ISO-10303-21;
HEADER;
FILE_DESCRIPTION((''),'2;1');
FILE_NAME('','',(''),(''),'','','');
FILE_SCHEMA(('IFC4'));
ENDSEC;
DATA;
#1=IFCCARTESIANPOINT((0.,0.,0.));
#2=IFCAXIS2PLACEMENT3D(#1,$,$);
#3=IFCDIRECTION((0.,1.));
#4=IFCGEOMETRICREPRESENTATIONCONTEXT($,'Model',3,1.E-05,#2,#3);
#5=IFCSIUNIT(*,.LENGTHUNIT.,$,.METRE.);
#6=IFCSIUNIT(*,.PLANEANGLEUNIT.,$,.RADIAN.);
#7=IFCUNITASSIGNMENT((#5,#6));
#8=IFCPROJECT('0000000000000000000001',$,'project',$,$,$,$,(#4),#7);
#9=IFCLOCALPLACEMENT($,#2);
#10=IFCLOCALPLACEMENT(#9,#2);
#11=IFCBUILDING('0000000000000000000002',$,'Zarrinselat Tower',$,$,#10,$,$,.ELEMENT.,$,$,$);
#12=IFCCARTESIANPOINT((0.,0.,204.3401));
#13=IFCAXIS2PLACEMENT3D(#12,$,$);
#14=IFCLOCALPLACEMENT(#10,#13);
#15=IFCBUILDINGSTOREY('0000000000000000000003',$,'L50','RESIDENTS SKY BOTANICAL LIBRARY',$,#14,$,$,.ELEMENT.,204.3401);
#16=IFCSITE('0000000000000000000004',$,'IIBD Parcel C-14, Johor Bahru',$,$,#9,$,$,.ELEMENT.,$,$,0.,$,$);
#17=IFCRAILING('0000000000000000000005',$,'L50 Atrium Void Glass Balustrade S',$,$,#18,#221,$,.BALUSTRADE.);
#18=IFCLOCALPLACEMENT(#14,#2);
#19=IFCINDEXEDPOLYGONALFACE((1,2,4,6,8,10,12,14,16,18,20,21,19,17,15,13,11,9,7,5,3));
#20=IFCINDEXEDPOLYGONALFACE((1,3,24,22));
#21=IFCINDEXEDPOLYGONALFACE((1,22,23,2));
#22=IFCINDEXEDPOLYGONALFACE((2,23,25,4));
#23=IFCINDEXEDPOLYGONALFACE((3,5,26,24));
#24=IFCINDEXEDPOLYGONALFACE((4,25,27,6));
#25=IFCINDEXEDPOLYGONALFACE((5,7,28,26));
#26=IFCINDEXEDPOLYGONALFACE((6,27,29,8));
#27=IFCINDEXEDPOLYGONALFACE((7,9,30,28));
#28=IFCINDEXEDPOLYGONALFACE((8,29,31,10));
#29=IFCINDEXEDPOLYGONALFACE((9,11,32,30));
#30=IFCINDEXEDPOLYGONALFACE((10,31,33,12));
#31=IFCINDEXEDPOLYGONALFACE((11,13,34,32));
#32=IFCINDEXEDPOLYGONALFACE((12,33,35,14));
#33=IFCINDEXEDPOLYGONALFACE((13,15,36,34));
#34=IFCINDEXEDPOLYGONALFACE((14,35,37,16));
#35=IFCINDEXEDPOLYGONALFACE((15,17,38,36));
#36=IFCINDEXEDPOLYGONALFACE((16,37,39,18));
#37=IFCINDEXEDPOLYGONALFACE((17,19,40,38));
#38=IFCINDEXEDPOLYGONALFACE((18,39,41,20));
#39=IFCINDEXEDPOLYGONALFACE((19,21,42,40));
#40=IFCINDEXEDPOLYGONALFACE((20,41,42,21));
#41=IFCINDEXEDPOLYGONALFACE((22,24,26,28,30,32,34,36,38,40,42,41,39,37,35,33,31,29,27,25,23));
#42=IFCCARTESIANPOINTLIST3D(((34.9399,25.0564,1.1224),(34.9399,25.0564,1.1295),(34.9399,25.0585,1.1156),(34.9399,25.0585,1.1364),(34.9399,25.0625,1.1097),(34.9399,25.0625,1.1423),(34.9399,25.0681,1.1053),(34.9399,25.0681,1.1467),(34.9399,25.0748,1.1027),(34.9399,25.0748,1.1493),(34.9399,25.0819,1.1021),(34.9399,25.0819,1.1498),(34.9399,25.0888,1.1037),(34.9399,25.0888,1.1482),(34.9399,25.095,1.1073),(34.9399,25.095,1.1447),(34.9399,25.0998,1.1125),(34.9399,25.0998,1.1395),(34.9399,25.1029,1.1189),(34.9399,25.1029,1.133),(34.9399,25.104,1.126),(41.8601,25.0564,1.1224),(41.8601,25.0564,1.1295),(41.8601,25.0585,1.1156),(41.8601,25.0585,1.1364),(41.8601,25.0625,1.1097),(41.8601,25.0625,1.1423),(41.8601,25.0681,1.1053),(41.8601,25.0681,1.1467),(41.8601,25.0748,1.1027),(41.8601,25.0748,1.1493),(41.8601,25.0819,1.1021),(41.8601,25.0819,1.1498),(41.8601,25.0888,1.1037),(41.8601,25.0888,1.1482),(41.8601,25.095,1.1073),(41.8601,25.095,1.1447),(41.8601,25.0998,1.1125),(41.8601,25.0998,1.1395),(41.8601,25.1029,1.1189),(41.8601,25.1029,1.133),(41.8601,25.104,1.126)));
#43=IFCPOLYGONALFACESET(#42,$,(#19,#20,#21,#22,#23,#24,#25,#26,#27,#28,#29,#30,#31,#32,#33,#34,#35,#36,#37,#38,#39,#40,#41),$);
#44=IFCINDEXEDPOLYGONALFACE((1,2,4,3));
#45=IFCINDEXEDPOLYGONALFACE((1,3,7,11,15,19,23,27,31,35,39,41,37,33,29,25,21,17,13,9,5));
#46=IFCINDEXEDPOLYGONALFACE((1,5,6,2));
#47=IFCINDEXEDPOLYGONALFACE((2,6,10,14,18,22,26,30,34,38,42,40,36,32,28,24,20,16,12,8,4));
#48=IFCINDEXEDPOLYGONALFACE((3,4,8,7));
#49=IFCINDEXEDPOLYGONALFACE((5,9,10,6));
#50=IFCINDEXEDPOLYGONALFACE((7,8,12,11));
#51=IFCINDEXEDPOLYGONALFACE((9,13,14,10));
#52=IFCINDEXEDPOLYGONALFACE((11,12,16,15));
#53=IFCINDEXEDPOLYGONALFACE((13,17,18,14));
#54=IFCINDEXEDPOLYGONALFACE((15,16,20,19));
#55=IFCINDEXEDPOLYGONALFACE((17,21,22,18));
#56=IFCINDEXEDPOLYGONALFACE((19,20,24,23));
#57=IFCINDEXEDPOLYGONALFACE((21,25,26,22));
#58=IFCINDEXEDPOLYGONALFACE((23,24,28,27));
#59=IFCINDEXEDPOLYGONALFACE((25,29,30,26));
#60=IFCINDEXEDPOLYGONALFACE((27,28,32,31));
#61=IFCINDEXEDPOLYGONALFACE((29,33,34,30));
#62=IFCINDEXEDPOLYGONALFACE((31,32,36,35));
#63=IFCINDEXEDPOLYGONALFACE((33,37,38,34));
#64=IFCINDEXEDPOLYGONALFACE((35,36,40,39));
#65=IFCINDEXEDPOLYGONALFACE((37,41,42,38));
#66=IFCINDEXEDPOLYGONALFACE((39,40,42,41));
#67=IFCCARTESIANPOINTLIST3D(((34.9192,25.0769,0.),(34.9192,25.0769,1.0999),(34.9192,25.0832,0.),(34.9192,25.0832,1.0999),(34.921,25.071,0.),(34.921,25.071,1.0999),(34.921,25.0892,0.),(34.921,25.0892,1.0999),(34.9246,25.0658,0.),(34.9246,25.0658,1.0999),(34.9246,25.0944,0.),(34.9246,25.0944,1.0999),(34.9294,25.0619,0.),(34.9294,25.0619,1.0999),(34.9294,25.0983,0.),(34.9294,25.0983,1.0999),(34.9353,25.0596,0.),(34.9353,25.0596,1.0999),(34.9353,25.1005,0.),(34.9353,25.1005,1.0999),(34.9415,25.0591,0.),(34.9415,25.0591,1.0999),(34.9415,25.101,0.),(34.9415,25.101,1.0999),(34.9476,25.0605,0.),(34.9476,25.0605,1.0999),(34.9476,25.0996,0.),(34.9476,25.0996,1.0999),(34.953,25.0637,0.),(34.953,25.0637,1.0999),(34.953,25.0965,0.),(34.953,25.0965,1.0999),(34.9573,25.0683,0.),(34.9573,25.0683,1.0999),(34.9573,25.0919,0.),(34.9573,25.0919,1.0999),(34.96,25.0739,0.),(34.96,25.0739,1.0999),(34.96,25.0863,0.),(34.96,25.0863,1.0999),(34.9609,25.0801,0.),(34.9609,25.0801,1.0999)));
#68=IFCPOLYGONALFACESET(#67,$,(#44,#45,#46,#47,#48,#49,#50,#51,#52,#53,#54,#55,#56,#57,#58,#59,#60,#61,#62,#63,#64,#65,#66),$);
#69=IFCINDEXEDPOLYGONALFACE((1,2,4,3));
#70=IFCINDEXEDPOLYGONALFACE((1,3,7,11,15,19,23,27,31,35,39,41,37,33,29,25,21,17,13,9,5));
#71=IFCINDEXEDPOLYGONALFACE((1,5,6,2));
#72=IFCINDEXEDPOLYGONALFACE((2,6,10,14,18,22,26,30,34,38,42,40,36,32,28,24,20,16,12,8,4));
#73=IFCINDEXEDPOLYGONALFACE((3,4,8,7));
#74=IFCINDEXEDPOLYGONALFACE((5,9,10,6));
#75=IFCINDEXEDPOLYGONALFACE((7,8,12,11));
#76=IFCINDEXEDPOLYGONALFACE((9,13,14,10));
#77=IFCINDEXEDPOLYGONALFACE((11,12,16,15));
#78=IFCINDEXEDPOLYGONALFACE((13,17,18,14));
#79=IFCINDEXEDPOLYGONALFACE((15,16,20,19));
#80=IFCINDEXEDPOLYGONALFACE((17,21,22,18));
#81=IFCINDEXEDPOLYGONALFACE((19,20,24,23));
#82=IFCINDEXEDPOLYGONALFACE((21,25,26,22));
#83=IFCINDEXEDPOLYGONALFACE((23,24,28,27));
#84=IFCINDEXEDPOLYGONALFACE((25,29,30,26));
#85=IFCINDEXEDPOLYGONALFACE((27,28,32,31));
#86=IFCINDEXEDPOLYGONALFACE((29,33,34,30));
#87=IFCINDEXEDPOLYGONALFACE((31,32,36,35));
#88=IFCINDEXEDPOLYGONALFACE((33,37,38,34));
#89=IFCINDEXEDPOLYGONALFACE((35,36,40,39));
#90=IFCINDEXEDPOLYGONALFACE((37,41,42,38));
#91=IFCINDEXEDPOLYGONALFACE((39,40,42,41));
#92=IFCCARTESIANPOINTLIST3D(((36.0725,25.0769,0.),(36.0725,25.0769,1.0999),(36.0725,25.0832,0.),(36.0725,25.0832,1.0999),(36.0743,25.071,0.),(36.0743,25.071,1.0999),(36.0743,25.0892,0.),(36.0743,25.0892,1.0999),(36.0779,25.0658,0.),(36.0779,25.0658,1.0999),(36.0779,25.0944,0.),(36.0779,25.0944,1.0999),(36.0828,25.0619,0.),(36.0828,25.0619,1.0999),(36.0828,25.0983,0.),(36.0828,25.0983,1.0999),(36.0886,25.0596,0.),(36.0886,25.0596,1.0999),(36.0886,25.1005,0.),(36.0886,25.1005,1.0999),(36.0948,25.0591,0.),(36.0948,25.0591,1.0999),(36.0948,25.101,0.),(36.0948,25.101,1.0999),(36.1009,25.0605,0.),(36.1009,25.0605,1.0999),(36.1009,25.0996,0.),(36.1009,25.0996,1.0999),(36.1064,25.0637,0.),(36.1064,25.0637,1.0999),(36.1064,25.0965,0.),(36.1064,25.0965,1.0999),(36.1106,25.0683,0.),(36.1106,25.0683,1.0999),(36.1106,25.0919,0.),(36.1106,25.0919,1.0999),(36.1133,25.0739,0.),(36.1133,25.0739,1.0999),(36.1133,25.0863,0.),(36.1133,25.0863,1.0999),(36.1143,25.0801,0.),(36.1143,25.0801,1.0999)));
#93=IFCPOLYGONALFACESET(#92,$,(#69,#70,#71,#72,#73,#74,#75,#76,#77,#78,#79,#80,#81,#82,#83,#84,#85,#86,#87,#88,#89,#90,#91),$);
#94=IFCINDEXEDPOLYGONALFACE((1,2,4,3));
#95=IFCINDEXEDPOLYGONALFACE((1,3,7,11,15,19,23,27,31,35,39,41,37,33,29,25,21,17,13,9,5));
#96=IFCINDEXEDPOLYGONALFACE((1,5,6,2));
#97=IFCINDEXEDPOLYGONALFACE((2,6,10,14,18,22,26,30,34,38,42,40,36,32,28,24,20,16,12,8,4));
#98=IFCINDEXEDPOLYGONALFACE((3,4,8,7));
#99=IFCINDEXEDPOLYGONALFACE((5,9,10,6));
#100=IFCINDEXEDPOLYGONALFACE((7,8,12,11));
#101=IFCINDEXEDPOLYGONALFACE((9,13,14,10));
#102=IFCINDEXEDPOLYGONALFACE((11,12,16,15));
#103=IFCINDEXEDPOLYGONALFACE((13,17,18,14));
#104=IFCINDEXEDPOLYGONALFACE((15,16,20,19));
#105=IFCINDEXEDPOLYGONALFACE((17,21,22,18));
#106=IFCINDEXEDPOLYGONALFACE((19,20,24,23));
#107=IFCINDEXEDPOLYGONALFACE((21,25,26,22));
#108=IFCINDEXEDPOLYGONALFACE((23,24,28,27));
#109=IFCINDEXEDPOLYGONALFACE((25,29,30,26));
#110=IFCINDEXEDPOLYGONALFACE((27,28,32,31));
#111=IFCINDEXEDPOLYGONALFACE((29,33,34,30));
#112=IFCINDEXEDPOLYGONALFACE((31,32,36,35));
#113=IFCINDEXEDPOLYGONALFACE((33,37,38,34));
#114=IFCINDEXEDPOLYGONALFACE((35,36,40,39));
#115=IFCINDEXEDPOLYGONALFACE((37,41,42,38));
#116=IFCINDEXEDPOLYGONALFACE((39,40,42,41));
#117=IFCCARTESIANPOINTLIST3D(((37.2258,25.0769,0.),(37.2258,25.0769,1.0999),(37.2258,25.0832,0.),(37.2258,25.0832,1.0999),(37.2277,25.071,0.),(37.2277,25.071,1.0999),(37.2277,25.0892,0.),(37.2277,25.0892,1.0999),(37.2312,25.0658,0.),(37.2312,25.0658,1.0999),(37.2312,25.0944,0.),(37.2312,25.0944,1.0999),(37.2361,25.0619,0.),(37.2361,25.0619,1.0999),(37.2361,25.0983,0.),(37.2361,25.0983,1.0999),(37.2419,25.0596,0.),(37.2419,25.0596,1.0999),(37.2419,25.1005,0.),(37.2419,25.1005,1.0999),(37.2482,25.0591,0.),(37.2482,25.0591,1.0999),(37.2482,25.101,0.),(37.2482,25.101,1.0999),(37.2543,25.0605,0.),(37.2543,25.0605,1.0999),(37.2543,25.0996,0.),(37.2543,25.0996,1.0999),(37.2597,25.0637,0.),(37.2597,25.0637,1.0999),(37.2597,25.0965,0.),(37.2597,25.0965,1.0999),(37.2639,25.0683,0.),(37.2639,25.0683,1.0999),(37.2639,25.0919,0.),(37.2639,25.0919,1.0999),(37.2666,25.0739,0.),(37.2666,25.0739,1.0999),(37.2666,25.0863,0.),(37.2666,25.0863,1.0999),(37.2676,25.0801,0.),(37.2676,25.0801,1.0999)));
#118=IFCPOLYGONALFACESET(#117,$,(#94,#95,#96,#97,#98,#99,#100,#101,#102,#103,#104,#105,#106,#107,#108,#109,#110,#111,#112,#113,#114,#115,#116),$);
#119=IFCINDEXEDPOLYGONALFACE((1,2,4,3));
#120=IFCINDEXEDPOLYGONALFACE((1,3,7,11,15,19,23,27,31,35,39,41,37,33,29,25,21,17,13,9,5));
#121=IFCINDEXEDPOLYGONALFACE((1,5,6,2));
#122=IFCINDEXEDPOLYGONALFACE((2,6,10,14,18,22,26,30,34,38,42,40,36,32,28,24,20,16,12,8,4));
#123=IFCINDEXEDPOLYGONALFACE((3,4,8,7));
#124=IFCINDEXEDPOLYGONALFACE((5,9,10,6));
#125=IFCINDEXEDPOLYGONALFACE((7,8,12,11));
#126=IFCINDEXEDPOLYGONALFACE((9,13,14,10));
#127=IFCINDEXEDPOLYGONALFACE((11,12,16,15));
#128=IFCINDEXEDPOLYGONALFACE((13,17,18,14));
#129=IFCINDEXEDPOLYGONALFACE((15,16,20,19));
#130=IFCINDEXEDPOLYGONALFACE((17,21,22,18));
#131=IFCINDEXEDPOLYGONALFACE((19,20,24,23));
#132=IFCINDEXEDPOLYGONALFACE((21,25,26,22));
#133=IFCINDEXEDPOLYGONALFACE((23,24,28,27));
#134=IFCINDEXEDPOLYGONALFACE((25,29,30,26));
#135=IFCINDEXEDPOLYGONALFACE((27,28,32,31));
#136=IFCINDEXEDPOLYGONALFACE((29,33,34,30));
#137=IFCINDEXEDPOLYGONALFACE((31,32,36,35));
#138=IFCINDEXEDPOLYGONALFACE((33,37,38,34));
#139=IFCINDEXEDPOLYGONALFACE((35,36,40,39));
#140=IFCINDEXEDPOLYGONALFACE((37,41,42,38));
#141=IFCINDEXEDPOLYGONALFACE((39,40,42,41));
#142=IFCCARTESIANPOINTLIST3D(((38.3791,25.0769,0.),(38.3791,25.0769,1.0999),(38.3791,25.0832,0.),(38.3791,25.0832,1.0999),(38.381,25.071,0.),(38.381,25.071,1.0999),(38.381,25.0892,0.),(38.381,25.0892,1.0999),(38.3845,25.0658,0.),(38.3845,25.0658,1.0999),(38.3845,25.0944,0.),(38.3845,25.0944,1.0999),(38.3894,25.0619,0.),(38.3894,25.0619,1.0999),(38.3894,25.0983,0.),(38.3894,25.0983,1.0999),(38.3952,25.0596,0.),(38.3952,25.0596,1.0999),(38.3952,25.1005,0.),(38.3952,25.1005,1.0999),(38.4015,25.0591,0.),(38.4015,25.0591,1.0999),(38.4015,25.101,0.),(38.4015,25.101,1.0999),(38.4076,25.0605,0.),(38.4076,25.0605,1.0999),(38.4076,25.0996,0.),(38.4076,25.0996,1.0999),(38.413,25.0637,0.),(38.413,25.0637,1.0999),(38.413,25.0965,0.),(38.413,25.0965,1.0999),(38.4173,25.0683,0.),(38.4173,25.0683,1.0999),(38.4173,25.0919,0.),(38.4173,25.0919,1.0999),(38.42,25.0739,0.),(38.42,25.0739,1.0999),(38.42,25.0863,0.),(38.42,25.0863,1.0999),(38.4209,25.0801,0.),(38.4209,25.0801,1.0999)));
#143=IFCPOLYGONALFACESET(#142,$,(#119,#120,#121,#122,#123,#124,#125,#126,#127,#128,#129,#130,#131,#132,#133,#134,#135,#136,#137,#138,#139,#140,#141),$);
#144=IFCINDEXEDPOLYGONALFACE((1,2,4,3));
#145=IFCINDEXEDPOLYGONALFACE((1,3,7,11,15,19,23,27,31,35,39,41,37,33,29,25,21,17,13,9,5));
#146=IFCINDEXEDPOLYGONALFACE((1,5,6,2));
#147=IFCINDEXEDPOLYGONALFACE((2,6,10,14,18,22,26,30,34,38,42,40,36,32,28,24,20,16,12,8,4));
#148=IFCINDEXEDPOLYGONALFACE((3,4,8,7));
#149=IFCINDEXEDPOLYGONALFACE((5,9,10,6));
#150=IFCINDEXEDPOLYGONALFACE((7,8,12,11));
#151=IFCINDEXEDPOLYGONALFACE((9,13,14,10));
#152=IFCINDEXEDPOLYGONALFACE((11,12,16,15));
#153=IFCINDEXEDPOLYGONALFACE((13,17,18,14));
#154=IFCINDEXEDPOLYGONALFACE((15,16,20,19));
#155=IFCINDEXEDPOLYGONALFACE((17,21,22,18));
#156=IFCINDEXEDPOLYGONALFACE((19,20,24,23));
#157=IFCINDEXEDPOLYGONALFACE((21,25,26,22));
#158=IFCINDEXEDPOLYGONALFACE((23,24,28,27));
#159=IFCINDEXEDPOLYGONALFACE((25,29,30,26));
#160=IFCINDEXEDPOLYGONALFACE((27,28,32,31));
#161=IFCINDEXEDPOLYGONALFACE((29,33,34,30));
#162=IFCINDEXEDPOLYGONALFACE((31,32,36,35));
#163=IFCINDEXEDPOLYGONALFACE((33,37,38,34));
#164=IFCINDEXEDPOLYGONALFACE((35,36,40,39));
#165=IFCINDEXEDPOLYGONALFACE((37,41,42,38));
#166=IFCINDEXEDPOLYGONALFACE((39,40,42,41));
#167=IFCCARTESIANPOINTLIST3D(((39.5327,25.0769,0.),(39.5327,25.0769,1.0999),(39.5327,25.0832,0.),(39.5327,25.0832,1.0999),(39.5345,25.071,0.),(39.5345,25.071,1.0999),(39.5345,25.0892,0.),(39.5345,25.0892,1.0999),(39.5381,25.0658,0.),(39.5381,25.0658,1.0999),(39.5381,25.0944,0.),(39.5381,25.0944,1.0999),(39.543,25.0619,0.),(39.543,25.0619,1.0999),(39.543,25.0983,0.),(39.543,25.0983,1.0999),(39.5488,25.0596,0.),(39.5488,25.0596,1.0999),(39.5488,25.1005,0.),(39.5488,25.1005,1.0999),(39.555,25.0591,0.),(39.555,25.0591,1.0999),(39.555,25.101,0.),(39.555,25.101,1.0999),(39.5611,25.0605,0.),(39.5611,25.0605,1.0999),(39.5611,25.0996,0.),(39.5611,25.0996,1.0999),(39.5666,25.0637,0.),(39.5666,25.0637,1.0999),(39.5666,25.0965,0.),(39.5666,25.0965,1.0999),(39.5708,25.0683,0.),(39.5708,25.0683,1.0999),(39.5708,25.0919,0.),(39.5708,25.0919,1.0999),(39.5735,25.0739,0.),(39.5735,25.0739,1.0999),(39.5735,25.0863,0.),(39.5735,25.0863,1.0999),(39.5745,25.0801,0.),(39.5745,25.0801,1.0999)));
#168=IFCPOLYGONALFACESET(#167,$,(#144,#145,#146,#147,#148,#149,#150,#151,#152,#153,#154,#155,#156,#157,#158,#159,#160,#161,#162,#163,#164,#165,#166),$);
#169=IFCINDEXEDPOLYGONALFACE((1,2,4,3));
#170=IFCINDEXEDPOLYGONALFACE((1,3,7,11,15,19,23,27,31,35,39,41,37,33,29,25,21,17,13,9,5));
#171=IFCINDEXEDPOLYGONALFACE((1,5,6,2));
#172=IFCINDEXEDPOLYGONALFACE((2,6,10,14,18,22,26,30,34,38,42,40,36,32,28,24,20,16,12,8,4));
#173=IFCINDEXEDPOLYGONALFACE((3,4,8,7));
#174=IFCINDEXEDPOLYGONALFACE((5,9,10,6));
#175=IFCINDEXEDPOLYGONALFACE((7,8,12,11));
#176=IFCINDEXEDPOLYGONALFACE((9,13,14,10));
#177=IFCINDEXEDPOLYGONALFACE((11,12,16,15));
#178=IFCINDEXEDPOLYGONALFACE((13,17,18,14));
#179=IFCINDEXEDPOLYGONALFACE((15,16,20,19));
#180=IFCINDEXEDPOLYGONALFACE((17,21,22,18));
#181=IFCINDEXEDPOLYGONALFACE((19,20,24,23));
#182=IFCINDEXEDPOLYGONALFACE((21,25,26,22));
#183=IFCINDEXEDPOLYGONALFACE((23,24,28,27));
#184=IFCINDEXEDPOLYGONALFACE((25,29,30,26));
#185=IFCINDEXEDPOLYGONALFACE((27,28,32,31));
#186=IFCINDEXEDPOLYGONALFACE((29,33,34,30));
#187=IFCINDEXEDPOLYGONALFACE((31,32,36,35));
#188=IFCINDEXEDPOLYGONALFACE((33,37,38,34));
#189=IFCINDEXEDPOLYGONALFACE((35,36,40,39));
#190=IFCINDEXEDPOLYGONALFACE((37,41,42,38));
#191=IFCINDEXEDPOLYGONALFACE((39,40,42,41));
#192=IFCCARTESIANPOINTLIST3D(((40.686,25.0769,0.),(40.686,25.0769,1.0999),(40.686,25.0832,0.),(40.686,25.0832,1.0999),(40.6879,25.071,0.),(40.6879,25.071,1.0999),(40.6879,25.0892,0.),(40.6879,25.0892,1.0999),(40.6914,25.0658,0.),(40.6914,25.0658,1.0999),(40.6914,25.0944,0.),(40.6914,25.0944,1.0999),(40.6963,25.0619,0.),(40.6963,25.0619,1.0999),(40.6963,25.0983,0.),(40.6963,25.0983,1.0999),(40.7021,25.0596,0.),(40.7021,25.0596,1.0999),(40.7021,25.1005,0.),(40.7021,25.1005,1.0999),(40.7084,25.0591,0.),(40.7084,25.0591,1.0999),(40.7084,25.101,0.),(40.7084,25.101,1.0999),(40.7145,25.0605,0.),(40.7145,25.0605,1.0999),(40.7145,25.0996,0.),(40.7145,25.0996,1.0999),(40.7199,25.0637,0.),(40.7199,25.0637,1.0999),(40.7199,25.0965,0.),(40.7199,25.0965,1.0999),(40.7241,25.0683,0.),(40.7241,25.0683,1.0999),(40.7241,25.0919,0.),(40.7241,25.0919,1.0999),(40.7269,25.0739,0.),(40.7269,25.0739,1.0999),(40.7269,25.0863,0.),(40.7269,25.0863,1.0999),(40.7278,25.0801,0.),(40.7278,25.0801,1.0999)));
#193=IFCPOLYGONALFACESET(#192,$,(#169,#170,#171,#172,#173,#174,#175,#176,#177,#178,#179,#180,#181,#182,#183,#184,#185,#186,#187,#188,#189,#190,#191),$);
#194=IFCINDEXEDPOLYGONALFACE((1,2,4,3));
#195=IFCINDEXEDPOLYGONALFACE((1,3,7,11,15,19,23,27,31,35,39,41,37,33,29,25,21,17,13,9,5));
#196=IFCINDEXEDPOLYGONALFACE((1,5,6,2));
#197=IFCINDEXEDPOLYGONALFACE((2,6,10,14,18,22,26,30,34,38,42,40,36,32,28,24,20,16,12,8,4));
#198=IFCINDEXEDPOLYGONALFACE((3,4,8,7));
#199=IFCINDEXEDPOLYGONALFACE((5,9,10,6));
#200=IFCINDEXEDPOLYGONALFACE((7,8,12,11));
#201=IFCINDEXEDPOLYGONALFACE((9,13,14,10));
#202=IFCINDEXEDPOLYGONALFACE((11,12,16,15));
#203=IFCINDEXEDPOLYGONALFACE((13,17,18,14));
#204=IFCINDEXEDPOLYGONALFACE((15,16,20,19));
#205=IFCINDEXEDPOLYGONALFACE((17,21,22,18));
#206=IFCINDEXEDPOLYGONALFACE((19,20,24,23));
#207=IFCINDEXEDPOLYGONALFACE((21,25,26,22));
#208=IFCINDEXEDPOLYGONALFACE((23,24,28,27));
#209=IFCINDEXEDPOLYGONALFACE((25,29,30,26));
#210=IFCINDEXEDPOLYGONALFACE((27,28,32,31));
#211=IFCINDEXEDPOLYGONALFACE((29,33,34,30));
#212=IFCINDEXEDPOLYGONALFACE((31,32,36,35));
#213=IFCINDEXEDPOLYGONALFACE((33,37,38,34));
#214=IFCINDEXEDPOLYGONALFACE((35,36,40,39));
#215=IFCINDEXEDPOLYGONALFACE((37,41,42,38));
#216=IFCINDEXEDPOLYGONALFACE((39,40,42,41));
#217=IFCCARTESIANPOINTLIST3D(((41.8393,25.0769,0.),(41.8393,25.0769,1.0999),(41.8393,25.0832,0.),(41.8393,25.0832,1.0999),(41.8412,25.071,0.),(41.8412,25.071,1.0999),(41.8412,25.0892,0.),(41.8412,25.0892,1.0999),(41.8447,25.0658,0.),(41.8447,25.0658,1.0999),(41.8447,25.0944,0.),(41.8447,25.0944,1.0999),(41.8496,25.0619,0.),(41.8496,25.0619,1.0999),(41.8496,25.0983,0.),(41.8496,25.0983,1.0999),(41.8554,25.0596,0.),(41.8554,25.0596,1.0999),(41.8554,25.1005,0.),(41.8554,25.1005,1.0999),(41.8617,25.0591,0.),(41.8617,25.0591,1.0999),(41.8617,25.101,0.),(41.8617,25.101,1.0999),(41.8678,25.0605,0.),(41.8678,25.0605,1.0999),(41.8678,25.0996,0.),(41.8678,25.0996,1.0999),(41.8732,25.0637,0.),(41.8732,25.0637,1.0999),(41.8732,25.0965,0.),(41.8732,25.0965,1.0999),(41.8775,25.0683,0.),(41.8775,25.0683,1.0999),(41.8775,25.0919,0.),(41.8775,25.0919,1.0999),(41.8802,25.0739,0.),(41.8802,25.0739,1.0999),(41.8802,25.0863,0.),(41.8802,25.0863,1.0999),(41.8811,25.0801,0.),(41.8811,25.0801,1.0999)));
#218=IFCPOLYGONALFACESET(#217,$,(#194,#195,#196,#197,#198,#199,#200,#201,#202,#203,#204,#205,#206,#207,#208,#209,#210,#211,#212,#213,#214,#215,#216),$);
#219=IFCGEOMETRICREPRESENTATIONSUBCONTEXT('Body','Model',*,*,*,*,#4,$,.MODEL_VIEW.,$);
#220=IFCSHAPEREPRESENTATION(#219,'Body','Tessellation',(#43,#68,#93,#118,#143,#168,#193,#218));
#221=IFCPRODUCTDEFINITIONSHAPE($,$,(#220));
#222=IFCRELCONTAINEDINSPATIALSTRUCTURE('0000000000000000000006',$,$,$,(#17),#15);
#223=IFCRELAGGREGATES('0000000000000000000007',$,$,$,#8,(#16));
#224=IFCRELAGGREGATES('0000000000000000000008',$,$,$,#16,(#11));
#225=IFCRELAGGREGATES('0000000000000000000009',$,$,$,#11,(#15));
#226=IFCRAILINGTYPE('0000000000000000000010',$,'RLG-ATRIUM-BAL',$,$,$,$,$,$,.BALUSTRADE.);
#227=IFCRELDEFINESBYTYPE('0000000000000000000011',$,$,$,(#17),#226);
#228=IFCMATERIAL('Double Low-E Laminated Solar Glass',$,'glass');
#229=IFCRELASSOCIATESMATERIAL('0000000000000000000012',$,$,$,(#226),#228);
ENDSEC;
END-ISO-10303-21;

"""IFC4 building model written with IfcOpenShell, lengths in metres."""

from ifc_helpers import new_model, si_unit, direction, frame, origin, origin_2d, place, context, subcontext, project, spatial, circle, extrude, material, type_object, element, save


model = new_model("IFC4")

# Units and contexts
model_context = context("Model", 3, precision=1e-05, world=origin(), true_north=direction((0.0, 1.0)))
body_context = subcontext(model_context, "Body", "Model", "MODEL_VIEW")
ifc_project = project(units=[si_unit("LENGTHUNIT", "METRE"), si_unit("PLANEANGLEUNIT", "RADIAN")], contexts=[model_context])

# Site, building, storey
site_placement = place(None, origin())
site = spatial("IfcSite", under=ifc_project, at=site_placement, Name="IIBD Parcel C-14, Johor Bahru", CompositionType="ELEMENT", RefElevation=0.0)
building_placement = place(site_placement, origin())
building = spatial("IfcBuilding", under=site, at=building_placement, Name="Zarrinselat Tower", CompositionType="ELEMENT")
storey_placement = place(building_placement, frame((0.0, 0.0, 204.3401)))
storey = spatial("IfcBuildingStorey", under=building, at=storey_placement, Name="L50", Description="RESIDENTS SKY BOTANICAL LIBRARY", CompositionType="ELEMENT", Elevation=204.3401)

# Railing
ifc_material_1 = material(Name="Double Low-E Laminated Solar Glass", Category="glass")
railing_type = type_object("IfcRailingType", Name="RLG-ATRIUM-BAL", PredefinedType="BALUSTRADE", material=ifc_material_1)
railing_placement = place(storey_placement, frame((34.9399, 25.0801, 0.0)))
element("IfcRailing", 1, at=railing_placement, inside=storey, type_object=railing_type, Name="L50 Atrium Void Glass Balustrade S", PredefinedType="BALUSTRADE", context=body_context, shape_type="SweptSolid", body=[
    extrude(circle(Radius=0.0239, at=origin_2d()), frame((0.0, 0.0, 1.126), z_axis=(1.0, 0.0, 0.0), x_axis=(0.0, 1.0, 0.0)), (0.0, 0.0, 1.0), 6.9202),
    extrude(circle(Radius=0.021, at=origin_2d()), origin(), (0.0, 0.0, 1.0), 1.0999),
    extrude(circle(Radius=0.021, at=origin_2d()), frame((1.1533, 0.0, 0.0)), (0.0, 0.0, 1.0), 1.0999),
    extrude(circle(Radius=0.021, at=origin_2d()), frame((2.3066, 0.0, 0.0)), (0.0, 0.0, 1.0), 1.0999),
    extrude(circle(Radius=0.021, at=origin_2d()), frame((3.46, 0.0, 0.0)), (0.0, 0.0, 1.0), 1.0999),
    extrude(circle(Radius=0.021, at=origin_2d()), frame((4.6135, 0.0, 0.0)), (0.0, 0.0, 1.0), 1.0999),
    extrude(circle(Radius=0.021, at=origin_2d()), frame((5.7668, 0.0, 0.0)), (0.0, 0.0, 1.0), 1.0999),
    extrude(circle(Radius=0.021, at=origin_2d()), frame((6.9202, 0.0, 0.0)), (0.0, 0.0, 1.0), 1.0999),
])

save(model, "model.ifc")
